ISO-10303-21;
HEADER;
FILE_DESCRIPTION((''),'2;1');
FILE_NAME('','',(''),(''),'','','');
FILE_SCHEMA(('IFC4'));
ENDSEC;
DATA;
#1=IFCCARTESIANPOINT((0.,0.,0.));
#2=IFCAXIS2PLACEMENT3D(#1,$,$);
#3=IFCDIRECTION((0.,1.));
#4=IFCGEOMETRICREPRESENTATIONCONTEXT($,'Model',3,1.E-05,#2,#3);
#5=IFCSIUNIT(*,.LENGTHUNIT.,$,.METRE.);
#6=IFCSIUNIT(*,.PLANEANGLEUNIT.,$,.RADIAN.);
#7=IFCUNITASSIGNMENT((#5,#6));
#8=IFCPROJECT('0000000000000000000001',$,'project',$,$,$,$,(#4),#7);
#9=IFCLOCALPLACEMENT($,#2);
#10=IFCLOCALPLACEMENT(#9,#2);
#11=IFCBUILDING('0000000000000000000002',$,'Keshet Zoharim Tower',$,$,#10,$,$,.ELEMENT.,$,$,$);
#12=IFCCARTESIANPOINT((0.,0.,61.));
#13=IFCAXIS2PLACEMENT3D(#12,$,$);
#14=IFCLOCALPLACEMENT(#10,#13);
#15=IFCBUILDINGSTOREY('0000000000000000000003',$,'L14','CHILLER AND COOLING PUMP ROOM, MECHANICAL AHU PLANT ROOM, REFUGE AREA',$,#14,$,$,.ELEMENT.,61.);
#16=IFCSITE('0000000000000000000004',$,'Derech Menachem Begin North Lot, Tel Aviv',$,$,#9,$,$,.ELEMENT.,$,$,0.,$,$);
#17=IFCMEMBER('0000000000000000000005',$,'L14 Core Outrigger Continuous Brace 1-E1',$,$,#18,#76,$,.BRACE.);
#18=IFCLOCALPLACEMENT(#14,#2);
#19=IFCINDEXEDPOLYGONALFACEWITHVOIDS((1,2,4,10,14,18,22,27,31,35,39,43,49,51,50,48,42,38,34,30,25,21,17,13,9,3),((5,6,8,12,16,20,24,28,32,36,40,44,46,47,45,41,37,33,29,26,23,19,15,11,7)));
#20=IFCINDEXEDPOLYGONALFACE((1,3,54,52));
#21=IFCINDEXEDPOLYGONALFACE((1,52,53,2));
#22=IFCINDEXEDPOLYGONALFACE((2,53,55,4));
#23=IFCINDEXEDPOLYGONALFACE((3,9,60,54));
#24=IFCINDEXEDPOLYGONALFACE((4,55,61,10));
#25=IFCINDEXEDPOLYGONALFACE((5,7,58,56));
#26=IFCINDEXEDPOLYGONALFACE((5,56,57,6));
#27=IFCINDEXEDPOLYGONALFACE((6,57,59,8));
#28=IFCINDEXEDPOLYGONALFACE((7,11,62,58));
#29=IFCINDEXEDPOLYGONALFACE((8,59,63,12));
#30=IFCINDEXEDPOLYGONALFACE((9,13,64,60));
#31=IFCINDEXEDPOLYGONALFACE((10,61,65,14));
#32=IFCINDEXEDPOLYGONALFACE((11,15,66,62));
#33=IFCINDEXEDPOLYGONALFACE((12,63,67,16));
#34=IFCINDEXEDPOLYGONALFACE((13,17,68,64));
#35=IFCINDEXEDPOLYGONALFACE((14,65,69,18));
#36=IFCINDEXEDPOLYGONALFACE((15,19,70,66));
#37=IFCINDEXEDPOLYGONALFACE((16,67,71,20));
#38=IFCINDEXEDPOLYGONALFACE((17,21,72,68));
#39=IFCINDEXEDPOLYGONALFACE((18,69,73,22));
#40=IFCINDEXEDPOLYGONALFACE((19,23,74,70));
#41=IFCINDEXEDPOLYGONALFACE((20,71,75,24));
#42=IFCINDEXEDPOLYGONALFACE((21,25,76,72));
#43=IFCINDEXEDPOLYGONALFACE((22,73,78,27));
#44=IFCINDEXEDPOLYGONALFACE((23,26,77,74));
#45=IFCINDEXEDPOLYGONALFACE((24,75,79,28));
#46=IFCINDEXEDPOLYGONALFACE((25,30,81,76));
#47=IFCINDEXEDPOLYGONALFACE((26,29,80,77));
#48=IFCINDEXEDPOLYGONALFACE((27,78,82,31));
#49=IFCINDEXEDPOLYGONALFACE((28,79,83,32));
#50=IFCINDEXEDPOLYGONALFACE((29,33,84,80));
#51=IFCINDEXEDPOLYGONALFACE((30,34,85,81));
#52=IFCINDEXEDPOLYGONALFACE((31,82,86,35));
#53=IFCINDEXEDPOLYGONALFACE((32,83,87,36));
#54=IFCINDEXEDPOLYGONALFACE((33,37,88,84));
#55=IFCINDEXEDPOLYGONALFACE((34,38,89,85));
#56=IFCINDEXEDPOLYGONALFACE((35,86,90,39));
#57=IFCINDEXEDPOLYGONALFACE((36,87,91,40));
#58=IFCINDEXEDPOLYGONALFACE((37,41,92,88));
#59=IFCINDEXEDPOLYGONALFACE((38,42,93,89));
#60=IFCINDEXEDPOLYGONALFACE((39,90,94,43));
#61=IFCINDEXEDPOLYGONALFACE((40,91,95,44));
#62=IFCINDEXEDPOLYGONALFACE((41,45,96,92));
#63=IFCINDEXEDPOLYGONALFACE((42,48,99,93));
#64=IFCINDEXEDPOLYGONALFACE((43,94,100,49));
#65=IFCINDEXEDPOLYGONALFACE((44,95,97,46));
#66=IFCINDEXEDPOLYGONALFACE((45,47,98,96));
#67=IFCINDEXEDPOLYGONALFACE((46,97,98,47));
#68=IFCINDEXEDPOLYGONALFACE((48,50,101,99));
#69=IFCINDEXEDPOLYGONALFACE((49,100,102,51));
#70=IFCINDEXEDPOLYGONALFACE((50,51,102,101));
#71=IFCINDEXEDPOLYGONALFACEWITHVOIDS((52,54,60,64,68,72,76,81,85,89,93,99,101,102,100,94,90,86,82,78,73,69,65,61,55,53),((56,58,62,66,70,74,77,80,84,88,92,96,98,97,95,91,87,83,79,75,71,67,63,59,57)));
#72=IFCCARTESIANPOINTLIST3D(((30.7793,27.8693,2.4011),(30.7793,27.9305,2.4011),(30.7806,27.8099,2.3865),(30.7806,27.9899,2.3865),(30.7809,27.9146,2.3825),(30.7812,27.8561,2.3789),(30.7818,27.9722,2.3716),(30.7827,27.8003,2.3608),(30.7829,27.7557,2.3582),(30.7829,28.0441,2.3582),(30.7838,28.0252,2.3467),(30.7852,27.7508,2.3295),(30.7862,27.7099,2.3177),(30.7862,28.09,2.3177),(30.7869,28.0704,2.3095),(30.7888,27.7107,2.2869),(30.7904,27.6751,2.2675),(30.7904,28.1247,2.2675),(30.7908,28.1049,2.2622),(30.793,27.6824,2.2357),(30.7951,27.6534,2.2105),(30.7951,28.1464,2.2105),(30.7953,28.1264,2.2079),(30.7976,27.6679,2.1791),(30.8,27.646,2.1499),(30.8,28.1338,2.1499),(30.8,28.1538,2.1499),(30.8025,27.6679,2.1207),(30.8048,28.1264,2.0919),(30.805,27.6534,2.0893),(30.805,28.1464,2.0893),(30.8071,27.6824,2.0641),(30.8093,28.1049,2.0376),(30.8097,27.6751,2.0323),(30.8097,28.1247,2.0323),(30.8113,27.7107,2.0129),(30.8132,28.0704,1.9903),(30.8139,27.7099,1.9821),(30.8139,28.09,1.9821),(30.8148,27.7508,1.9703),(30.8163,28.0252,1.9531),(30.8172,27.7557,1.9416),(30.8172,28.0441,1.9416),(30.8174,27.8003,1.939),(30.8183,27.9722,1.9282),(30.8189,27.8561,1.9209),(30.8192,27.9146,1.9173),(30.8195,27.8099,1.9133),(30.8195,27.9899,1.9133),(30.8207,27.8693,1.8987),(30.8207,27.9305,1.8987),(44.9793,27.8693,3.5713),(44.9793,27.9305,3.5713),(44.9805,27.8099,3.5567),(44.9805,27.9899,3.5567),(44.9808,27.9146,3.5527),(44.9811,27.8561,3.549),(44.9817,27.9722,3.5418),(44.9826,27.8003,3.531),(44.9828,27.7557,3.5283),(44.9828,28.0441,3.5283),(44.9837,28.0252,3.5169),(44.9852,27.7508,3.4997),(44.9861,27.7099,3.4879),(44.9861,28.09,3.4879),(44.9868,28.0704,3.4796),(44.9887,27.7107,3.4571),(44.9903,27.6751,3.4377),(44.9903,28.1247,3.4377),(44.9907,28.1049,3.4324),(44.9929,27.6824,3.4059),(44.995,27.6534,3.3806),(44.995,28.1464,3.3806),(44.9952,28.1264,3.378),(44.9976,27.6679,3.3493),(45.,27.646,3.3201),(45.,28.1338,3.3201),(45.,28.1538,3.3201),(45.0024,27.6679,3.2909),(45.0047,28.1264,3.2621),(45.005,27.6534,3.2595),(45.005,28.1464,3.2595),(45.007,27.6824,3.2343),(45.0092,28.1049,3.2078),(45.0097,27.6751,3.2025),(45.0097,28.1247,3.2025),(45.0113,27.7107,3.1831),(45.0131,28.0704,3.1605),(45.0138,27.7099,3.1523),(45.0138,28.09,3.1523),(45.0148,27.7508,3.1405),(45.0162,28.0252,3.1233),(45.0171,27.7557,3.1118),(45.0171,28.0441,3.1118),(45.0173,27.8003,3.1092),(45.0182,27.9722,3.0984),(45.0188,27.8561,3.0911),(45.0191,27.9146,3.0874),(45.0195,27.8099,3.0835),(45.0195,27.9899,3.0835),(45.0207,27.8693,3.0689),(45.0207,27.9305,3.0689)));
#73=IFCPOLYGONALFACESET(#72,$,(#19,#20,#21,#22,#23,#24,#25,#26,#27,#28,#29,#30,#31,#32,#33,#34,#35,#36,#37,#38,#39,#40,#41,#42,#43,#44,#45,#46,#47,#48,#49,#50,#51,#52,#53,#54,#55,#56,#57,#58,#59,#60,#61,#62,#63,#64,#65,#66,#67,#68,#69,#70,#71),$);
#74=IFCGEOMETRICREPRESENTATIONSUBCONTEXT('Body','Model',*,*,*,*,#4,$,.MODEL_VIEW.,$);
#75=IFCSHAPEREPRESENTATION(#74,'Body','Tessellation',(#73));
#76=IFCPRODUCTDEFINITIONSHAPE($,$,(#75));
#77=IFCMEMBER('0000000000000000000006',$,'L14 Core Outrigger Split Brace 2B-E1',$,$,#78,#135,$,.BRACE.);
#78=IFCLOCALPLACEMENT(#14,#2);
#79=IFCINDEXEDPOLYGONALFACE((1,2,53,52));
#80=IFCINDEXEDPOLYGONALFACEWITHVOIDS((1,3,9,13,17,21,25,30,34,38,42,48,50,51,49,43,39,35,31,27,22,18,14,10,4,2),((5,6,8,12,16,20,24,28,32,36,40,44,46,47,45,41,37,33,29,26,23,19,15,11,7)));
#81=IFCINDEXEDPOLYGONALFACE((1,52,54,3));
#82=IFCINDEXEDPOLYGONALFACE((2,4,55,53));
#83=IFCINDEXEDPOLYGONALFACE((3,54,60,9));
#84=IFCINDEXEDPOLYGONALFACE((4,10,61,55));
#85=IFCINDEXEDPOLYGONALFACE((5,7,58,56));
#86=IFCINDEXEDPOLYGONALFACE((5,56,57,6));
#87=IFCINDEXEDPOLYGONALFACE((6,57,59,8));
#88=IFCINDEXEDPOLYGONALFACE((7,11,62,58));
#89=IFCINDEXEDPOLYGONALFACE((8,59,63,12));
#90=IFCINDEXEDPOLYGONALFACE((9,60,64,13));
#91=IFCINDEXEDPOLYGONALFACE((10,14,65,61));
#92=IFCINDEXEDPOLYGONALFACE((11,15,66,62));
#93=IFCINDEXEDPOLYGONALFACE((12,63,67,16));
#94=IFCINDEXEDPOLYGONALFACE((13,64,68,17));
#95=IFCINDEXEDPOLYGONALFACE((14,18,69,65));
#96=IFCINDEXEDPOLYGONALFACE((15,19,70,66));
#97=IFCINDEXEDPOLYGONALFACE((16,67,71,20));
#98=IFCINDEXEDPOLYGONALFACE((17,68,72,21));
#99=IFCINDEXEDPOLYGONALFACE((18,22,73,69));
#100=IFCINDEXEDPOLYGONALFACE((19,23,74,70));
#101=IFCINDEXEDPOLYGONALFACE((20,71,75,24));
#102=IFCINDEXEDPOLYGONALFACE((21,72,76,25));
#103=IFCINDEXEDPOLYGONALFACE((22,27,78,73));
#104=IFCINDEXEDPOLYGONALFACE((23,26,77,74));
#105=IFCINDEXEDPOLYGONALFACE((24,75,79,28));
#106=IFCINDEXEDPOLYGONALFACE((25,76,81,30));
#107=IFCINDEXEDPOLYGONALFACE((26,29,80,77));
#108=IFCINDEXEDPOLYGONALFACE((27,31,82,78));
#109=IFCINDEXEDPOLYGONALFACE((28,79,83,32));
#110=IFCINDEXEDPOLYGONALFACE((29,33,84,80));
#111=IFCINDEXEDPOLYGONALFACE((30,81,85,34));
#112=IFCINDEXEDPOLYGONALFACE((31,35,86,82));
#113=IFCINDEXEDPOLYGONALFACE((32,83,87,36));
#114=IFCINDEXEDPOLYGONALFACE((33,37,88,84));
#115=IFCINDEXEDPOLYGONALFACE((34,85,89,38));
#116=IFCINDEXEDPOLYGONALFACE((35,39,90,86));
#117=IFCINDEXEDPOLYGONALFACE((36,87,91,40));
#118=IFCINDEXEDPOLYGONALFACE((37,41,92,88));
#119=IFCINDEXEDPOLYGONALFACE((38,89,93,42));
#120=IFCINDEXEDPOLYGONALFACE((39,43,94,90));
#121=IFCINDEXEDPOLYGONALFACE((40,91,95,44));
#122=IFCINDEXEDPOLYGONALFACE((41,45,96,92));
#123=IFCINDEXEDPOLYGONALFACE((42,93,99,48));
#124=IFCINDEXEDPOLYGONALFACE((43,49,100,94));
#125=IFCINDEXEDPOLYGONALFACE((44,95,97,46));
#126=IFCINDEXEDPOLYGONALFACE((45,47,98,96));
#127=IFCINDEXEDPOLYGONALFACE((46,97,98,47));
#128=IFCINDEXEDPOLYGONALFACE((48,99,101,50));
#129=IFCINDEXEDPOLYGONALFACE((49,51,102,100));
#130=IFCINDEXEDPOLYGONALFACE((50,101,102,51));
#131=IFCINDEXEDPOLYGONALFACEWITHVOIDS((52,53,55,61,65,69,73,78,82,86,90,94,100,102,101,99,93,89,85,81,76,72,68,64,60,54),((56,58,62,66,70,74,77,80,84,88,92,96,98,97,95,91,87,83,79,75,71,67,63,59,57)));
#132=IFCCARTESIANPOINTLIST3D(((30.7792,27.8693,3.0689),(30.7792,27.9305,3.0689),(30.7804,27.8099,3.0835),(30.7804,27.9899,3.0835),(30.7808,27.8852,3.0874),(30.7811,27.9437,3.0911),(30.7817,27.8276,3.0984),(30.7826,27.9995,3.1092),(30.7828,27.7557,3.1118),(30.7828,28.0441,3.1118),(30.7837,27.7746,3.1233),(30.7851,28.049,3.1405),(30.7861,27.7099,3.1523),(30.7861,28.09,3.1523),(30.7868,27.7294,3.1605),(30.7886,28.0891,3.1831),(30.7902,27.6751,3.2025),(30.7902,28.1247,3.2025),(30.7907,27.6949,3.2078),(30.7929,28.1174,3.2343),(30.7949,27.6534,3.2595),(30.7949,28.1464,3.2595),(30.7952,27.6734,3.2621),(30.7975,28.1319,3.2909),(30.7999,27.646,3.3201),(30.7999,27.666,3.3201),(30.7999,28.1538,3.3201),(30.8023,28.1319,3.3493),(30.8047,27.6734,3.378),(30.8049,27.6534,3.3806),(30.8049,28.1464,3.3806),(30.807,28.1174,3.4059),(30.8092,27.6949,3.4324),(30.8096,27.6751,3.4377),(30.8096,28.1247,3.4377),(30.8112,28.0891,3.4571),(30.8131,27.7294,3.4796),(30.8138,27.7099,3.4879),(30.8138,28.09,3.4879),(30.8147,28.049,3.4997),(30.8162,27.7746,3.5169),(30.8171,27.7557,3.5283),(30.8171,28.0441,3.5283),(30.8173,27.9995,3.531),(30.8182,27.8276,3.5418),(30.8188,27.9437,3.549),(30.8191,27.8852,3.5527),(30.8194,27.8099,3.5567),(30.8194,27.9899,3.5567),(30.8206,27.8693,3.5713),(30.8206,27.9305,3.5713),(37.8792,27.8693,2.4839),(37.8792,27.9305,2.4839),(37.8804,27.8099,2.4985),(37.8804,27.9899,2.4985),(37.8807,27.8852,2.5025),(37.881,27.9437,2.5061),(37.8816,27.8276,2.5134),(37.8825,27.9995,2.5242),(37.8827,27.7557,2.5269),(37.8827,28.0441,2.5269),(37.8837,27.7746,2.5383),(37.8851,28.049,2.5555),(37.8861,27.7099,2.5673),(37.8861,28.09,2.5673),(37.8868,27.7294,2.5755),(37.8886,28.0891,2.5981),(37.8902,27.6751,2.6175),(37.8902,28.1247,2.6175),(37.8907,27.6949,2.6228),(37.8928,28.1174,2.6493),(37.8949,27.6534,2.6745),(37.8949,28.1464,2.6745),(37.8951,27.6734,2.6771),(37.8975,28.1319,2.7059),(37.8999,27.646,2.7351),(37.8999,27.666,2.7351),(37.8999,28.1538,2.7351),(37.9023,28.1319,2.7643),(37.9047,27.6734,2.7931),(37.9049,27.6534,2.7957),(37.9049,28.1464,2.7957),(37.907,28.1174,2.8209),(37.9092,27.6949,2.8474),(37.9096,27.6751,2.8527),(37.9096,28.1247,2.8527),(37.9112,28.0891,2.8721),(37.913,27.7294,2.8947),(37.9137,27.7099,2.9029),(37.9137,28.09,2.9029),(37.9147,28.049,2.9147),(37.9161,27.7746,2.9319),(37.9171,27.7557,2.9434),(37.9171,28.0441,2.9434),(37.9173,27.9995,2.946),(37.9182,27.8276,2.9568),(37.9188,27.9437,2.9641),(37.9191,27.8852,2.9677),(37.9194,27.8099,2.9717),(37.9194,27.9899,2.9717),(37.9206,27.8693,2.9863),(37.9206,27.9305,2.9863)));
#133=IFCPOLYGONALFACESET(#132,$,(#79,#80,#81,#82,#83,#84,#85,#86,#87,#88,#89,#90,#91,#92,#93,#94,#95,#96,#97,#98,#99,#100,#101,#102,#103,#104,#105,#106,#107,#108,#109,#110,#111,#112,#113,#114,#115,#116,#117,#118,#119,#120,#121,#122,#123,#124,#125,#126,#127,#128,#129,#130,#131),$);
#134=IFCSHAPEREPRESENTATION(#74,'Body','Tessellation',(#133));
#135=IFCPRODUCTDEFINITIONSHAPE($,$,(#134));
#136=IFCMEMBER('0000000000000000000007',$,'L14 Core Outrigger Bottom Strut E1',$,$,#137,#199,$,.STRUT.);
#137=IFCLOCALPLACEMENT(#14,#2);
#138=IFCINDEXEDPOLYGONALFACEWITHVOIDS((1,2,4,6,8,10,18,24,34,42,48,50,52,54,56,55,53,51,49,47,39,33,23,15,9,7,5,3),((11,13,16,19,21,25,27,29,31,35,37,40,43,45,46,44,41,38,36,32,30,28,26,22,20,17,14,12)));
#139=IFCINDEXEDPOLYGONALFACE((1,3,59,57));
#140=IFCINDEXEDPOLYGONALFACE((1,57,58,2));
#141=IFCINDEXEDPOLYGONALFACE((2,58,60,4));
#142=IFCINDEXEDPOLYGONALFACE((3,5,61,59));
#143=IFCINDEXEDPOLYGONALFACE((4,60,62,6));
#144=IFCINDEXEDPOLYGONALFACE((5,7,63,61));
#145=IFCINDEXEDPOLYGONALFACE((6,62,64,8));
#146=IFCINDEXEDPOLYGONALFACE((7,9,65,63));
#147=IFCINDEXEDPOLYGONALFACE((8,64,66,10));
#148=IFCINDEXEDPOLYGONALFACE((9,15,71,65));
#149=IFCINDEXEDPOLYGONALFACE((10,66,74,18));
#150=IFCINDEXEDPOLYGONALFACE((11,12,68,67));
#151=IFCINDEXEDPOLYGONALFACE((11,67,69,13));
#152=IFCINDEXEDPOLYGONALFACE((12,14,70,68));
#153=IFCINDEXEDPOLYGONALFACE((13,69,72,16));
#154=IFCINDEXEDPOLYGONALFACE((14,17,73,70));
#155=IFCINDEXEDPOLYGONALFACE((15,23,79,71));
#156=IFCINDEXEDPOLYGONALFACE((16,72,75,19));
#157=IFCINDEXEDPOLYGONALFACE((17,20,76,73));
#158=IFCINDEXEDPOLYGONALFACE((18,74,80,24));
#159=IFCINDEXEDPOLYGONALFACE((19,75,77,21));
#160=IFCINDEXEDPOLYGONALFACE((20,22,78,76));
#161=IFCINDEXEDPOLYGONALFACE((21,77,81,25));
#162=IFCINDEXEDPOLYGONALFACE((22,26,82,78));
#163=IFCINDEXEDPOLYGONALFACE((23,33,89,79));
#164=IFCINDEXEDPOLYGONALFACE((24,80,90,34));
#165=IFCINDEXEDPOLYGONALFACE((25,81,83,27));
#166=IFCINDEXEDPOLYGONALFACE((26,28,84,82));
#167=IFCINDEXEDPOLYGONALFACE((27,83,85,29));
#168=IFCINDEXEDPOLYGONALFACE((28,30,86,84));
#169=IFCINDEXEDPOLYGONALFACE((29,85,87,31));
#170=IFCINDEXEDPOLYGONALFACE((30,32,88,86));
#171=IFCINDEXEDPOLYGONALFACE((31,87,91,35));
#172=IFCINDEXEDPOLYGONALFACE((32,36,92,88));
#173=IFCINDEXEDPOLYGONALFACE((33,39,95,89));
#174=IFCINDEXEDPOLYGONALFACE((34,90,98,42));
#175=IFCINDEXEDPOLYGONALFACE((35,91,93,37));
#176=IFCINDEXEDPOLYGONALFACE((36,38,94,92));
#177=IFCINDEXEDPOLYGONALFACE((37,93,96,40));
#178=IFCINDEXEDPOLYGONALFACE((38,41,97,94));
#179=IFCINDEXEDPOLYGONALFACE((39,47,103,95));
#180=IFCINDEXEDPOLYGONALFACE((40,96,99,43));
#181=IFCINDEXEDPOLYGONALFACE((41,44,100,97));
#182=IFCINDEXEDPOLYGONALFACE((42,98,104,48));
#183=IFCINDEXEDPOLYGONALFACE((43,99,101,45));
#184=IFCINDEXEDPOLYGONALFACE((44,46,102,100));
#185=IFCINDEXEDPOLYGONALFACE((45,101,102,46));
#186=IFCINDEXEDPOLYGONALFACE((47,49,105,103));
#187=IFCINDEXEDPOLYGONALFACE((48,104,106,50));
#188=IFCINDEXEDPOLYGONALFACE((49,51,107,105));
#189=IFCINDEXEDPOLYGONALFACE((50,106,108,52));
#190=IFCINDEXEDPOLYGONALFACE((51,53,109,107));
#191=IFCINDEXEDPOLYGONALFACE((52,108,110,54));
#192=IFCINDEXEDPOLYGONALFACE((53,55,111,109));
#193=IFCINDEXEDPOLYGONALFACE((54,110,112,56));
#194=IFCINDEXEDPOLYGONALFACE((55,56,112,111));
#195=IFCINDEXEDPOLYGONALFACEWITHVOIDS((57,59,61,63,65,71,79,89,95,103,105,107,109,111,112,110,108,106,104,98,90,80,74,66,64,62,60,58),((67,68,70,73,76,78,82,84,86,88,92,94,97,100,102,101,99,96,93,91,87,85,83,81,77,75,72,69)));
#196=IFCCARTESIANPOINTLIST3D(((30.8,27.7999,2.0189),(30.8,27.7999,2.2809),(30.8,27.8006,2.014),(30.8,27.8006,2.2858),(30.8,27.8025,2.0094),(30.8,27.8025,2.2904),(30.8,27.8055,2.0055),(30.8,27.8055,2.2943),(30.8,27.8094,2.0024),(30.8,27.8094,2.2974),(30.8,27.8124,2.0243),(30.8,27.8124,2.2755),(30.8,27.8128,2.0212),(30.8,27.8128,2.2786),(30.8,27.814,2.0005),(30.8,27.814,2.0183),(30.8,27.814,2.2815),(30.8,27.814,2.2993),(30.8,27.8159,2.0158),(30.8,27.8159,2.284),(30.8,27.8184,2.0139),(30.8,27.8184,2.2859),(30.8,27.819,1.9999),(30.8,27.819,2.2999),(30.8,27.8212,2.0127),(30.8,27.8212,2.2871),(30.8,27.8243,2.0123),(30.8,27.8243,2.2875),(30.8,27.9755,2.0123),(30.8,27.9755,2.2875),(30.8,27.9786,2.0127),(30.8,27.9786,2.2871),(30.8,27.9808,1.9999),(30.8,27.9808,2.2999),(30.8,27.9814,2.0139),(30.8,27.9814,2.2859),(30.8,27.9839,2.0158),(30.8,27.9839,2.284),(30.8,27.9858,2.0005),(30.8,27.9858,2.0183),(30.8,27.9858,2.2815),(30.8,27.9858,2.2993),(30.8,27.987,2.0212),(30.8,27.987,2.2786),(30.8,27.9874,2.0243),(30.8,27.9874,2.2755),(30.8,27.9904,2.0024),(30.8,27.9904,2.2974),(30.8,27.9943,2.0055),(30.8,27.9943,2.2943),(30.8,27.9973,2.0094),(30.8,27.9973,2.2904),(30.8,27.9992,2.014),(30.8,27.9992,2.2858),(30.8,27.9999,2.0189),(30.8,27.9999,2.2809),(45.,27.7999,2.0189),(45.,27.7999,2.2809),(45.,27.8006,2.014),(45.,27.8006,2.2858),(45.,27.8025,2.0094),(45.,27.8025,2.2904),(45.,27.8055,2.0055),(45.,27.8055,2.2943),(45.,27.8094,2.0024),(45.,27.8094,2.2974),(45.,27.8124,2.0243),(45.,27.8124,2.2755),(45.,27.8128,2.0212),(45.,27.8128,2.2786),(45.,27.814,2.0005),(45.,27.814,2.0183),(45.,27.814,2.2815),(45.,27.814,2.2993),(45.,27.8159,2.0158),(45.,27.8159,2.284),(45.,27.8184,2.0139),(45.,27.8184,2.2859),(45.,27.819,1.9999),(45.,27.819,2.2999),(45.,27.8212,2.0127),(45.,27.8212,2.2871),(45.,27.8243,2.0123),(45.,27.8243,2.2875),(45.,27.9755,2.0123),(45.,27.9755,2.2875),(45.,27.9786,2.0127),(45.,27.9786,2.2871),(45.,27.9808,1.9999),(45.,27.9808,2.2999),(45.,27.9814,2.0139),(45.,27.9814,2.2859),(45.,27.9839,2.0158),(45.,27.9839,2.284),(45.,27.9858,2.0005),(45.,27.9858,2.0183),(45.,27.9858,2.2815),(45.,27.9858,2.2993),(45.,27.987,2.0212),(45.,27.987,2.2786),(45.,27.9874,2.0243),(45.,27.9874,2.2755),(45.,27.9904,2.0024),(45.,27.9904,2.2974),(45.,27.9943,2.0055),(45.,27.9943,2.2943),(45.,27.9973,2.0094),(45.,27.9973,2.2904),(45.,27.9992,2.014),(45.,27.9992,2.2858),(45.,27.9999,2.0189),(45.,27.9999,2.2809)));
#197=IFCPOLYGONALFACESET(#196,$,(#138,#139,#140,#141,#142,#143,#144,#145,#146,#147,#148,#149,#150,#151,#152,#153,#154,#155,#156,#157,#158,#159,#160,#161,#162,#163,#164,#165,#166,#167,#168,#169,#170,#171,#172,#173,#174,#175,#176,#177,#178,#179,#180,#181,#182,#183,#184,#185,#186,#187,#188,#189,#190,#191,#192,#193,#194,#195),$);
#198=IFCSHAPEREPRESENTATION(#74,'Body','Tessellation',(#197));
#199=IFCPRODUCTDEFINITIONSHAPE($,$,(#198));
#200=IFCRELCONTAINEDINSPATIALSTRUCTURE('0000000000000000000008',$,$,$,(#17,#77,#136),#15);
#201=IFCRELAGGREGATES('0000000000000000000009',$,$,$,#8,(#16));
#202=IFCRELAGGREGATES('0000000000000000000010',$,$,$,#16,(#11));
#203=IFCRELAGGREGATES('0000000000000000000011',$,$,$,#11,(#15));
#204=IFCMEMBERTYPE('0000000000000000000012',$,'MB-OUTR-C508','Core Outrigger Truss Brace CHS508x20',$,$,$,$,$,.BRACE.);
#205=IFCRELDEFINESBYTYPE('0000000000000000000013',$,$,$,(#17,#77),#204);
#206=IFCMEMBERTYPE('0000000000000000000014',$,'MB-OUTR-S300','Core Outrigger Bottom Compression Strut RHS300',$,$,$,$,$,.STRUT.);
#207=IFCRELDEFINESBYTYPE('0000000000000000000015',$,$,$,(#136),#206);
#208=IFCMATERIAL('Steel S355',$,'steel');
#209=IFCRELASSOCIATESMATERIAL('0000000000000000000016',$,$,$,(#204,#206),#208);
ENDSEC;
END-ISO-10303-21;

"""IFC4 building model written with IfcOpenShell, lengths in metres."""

from ifc_helpers import new_model, si_unit, direction, frame, origin, origin_2d, place, context, subcontext, project, spatial, hollow_rectangle, hollow_circle, extrude, material, material_profile, profile_set, type_object, element, save


model = new_model("IFC4")

# Units and contexts
model_context = context("Model", 3, precision=1e-05, world=origin(), true_north=direction((0.0, 1.0)))
body_context = subcontext(model_context, "Body", "Model", "MODEL_VIEW")
ifc_project = project(units=[si_unit("LENGTHUNIT", "METRE"), si_unit("PLANEANGLEUNIT", "RADIAN")], contexts=[model_context])

# Site, building, storey
site_placement = place(None, origin())
site = spatial("IfcSite", under=ifc_project, at=site_placement, Name="Derech Menachem Begin North Lot, Tel Aviv", CompositionType="ELEMENT", RefElevation=0.0)
building_placement = place(site_placement, origin())
building = spatial("IfcBuilding", under=site, at=building_placement, Name="Keshet Zoharim Tower", CompositionType="ELEMENT")
storey_placement = place(building_placement, frame((0.0, 0.0, 61.0)))
storey = spatial("IfcBuildingStorey", under=building, at=storey_placement, Name="L14", Description="CHILLER AND COOLING PUMP ROOM, MECHANICAL AHU PLANT ROOM, REFUGE AREA", CompositionType="ELEMENT", Elevation=61.0)

# Shared definitions
ifc_material_1 = material(Name="Steel S355", Category="steel")

# Members
ifc_material_profile_1 = material_profile(ifc_material_1, hollow_circle(Radius=0.2539, WallThickness=0.02, at=origin_2d()), Name="CHS508x20")
ifc_profile_set_1 = profile_set([ifc_material_profile_1], Name="Steel S355")
member_type_1 = type_object("IfcMemberType", Name="MB-OUTR-C508", Description="Core Outrigger Truss Brace CHS508x20", PredefinedType="BRACE", material=ifc_profile_set_1)
member_1_placement = place(storey_placement, frame((30.8, 27.8999, 2.1499), z_axis=(0.996622, 0.0, 0.082128), x_axis=(0.0, 1.0, 0.0)))
element("IfcMember", 1, at=member_1_placement, inside=storey, type_object=member_type_1, Name="L14 Core Outrigger Continuous Brace 1-E1", PredefinedType="BRACE", context=body_context, shape_type="SweptSolid", body=[
    extrude(hollow_circle(Radius=0.2539, WallThickness=0.02, at=origin_2d()), origin(), (0.0, 0.0, 1.0), 14.248),
])
member_2_placement = place(storey_placement, frame((37.8999, 27.8999, 2.7351), z_axis=(-0.996623, 0.0, 0.082112), x_axis=(0.0, -1.0, 0.0)))
element("IfcMember", 2, at=member_2_placement, inside=storey, type_object=member_type_1, Name="L14 Core Outrigger Split Brace 2B-E1", PredefinedType="BRACE", context=body_context, shape_type="SweptSolid", body=[
    extrude(hollow_circle(Radius=0.2539, WallThickness=0.02, at=origin_2d()), origin(), (0.0, 0.0, 1.0), 7.124),
])
ifc_material_profile_2 = material_profile(ifc_material_1, hollow_rectangle(XDim=0.2, YDim=0.3, WallThickness=0.0125, InnerFilletRadius=0.012, OuterFilletRadius=0.019, at=origin_2d()), Name="RHS300x200x12.5")
ifc_profile_set_2 = profile_set([ifc_material_profile_2], Name="Steel S355")
member_type_2 = type_object("IfcMemberType", Name="MB-OUTR-S300", Description="Core Outrigger Bottom Compression Strut RHS300", PredefinedType="STRUT", material=ifc_profile_set_2)
member_3_placement = place(storey_placement, frame((30.8, 27.8999, 2.1499), z_axis=(1.0, 0.0, 0.0), x_axis=(0.0, 1.0, 0.0)))
element("IfcMember", 3, at=member_3_placement, inside=storey, type_object=member_type_2, Name="L14 Core Outrigger Bottom Strut E1", PredefinedType="STRUT", context=body_context, shape_type="SweptSolid", body=[
    extrude(hollow_rectangle(XDim=0.2, YDim=0.3, WallThickness=0.0125, InnerFilletRadius=0.012, OuterFilletRadius=0.019, at=origin_2d()), origin(), (0.0, 0.0, 1.0), 14.2),
])

save(model, "model.ifc")
